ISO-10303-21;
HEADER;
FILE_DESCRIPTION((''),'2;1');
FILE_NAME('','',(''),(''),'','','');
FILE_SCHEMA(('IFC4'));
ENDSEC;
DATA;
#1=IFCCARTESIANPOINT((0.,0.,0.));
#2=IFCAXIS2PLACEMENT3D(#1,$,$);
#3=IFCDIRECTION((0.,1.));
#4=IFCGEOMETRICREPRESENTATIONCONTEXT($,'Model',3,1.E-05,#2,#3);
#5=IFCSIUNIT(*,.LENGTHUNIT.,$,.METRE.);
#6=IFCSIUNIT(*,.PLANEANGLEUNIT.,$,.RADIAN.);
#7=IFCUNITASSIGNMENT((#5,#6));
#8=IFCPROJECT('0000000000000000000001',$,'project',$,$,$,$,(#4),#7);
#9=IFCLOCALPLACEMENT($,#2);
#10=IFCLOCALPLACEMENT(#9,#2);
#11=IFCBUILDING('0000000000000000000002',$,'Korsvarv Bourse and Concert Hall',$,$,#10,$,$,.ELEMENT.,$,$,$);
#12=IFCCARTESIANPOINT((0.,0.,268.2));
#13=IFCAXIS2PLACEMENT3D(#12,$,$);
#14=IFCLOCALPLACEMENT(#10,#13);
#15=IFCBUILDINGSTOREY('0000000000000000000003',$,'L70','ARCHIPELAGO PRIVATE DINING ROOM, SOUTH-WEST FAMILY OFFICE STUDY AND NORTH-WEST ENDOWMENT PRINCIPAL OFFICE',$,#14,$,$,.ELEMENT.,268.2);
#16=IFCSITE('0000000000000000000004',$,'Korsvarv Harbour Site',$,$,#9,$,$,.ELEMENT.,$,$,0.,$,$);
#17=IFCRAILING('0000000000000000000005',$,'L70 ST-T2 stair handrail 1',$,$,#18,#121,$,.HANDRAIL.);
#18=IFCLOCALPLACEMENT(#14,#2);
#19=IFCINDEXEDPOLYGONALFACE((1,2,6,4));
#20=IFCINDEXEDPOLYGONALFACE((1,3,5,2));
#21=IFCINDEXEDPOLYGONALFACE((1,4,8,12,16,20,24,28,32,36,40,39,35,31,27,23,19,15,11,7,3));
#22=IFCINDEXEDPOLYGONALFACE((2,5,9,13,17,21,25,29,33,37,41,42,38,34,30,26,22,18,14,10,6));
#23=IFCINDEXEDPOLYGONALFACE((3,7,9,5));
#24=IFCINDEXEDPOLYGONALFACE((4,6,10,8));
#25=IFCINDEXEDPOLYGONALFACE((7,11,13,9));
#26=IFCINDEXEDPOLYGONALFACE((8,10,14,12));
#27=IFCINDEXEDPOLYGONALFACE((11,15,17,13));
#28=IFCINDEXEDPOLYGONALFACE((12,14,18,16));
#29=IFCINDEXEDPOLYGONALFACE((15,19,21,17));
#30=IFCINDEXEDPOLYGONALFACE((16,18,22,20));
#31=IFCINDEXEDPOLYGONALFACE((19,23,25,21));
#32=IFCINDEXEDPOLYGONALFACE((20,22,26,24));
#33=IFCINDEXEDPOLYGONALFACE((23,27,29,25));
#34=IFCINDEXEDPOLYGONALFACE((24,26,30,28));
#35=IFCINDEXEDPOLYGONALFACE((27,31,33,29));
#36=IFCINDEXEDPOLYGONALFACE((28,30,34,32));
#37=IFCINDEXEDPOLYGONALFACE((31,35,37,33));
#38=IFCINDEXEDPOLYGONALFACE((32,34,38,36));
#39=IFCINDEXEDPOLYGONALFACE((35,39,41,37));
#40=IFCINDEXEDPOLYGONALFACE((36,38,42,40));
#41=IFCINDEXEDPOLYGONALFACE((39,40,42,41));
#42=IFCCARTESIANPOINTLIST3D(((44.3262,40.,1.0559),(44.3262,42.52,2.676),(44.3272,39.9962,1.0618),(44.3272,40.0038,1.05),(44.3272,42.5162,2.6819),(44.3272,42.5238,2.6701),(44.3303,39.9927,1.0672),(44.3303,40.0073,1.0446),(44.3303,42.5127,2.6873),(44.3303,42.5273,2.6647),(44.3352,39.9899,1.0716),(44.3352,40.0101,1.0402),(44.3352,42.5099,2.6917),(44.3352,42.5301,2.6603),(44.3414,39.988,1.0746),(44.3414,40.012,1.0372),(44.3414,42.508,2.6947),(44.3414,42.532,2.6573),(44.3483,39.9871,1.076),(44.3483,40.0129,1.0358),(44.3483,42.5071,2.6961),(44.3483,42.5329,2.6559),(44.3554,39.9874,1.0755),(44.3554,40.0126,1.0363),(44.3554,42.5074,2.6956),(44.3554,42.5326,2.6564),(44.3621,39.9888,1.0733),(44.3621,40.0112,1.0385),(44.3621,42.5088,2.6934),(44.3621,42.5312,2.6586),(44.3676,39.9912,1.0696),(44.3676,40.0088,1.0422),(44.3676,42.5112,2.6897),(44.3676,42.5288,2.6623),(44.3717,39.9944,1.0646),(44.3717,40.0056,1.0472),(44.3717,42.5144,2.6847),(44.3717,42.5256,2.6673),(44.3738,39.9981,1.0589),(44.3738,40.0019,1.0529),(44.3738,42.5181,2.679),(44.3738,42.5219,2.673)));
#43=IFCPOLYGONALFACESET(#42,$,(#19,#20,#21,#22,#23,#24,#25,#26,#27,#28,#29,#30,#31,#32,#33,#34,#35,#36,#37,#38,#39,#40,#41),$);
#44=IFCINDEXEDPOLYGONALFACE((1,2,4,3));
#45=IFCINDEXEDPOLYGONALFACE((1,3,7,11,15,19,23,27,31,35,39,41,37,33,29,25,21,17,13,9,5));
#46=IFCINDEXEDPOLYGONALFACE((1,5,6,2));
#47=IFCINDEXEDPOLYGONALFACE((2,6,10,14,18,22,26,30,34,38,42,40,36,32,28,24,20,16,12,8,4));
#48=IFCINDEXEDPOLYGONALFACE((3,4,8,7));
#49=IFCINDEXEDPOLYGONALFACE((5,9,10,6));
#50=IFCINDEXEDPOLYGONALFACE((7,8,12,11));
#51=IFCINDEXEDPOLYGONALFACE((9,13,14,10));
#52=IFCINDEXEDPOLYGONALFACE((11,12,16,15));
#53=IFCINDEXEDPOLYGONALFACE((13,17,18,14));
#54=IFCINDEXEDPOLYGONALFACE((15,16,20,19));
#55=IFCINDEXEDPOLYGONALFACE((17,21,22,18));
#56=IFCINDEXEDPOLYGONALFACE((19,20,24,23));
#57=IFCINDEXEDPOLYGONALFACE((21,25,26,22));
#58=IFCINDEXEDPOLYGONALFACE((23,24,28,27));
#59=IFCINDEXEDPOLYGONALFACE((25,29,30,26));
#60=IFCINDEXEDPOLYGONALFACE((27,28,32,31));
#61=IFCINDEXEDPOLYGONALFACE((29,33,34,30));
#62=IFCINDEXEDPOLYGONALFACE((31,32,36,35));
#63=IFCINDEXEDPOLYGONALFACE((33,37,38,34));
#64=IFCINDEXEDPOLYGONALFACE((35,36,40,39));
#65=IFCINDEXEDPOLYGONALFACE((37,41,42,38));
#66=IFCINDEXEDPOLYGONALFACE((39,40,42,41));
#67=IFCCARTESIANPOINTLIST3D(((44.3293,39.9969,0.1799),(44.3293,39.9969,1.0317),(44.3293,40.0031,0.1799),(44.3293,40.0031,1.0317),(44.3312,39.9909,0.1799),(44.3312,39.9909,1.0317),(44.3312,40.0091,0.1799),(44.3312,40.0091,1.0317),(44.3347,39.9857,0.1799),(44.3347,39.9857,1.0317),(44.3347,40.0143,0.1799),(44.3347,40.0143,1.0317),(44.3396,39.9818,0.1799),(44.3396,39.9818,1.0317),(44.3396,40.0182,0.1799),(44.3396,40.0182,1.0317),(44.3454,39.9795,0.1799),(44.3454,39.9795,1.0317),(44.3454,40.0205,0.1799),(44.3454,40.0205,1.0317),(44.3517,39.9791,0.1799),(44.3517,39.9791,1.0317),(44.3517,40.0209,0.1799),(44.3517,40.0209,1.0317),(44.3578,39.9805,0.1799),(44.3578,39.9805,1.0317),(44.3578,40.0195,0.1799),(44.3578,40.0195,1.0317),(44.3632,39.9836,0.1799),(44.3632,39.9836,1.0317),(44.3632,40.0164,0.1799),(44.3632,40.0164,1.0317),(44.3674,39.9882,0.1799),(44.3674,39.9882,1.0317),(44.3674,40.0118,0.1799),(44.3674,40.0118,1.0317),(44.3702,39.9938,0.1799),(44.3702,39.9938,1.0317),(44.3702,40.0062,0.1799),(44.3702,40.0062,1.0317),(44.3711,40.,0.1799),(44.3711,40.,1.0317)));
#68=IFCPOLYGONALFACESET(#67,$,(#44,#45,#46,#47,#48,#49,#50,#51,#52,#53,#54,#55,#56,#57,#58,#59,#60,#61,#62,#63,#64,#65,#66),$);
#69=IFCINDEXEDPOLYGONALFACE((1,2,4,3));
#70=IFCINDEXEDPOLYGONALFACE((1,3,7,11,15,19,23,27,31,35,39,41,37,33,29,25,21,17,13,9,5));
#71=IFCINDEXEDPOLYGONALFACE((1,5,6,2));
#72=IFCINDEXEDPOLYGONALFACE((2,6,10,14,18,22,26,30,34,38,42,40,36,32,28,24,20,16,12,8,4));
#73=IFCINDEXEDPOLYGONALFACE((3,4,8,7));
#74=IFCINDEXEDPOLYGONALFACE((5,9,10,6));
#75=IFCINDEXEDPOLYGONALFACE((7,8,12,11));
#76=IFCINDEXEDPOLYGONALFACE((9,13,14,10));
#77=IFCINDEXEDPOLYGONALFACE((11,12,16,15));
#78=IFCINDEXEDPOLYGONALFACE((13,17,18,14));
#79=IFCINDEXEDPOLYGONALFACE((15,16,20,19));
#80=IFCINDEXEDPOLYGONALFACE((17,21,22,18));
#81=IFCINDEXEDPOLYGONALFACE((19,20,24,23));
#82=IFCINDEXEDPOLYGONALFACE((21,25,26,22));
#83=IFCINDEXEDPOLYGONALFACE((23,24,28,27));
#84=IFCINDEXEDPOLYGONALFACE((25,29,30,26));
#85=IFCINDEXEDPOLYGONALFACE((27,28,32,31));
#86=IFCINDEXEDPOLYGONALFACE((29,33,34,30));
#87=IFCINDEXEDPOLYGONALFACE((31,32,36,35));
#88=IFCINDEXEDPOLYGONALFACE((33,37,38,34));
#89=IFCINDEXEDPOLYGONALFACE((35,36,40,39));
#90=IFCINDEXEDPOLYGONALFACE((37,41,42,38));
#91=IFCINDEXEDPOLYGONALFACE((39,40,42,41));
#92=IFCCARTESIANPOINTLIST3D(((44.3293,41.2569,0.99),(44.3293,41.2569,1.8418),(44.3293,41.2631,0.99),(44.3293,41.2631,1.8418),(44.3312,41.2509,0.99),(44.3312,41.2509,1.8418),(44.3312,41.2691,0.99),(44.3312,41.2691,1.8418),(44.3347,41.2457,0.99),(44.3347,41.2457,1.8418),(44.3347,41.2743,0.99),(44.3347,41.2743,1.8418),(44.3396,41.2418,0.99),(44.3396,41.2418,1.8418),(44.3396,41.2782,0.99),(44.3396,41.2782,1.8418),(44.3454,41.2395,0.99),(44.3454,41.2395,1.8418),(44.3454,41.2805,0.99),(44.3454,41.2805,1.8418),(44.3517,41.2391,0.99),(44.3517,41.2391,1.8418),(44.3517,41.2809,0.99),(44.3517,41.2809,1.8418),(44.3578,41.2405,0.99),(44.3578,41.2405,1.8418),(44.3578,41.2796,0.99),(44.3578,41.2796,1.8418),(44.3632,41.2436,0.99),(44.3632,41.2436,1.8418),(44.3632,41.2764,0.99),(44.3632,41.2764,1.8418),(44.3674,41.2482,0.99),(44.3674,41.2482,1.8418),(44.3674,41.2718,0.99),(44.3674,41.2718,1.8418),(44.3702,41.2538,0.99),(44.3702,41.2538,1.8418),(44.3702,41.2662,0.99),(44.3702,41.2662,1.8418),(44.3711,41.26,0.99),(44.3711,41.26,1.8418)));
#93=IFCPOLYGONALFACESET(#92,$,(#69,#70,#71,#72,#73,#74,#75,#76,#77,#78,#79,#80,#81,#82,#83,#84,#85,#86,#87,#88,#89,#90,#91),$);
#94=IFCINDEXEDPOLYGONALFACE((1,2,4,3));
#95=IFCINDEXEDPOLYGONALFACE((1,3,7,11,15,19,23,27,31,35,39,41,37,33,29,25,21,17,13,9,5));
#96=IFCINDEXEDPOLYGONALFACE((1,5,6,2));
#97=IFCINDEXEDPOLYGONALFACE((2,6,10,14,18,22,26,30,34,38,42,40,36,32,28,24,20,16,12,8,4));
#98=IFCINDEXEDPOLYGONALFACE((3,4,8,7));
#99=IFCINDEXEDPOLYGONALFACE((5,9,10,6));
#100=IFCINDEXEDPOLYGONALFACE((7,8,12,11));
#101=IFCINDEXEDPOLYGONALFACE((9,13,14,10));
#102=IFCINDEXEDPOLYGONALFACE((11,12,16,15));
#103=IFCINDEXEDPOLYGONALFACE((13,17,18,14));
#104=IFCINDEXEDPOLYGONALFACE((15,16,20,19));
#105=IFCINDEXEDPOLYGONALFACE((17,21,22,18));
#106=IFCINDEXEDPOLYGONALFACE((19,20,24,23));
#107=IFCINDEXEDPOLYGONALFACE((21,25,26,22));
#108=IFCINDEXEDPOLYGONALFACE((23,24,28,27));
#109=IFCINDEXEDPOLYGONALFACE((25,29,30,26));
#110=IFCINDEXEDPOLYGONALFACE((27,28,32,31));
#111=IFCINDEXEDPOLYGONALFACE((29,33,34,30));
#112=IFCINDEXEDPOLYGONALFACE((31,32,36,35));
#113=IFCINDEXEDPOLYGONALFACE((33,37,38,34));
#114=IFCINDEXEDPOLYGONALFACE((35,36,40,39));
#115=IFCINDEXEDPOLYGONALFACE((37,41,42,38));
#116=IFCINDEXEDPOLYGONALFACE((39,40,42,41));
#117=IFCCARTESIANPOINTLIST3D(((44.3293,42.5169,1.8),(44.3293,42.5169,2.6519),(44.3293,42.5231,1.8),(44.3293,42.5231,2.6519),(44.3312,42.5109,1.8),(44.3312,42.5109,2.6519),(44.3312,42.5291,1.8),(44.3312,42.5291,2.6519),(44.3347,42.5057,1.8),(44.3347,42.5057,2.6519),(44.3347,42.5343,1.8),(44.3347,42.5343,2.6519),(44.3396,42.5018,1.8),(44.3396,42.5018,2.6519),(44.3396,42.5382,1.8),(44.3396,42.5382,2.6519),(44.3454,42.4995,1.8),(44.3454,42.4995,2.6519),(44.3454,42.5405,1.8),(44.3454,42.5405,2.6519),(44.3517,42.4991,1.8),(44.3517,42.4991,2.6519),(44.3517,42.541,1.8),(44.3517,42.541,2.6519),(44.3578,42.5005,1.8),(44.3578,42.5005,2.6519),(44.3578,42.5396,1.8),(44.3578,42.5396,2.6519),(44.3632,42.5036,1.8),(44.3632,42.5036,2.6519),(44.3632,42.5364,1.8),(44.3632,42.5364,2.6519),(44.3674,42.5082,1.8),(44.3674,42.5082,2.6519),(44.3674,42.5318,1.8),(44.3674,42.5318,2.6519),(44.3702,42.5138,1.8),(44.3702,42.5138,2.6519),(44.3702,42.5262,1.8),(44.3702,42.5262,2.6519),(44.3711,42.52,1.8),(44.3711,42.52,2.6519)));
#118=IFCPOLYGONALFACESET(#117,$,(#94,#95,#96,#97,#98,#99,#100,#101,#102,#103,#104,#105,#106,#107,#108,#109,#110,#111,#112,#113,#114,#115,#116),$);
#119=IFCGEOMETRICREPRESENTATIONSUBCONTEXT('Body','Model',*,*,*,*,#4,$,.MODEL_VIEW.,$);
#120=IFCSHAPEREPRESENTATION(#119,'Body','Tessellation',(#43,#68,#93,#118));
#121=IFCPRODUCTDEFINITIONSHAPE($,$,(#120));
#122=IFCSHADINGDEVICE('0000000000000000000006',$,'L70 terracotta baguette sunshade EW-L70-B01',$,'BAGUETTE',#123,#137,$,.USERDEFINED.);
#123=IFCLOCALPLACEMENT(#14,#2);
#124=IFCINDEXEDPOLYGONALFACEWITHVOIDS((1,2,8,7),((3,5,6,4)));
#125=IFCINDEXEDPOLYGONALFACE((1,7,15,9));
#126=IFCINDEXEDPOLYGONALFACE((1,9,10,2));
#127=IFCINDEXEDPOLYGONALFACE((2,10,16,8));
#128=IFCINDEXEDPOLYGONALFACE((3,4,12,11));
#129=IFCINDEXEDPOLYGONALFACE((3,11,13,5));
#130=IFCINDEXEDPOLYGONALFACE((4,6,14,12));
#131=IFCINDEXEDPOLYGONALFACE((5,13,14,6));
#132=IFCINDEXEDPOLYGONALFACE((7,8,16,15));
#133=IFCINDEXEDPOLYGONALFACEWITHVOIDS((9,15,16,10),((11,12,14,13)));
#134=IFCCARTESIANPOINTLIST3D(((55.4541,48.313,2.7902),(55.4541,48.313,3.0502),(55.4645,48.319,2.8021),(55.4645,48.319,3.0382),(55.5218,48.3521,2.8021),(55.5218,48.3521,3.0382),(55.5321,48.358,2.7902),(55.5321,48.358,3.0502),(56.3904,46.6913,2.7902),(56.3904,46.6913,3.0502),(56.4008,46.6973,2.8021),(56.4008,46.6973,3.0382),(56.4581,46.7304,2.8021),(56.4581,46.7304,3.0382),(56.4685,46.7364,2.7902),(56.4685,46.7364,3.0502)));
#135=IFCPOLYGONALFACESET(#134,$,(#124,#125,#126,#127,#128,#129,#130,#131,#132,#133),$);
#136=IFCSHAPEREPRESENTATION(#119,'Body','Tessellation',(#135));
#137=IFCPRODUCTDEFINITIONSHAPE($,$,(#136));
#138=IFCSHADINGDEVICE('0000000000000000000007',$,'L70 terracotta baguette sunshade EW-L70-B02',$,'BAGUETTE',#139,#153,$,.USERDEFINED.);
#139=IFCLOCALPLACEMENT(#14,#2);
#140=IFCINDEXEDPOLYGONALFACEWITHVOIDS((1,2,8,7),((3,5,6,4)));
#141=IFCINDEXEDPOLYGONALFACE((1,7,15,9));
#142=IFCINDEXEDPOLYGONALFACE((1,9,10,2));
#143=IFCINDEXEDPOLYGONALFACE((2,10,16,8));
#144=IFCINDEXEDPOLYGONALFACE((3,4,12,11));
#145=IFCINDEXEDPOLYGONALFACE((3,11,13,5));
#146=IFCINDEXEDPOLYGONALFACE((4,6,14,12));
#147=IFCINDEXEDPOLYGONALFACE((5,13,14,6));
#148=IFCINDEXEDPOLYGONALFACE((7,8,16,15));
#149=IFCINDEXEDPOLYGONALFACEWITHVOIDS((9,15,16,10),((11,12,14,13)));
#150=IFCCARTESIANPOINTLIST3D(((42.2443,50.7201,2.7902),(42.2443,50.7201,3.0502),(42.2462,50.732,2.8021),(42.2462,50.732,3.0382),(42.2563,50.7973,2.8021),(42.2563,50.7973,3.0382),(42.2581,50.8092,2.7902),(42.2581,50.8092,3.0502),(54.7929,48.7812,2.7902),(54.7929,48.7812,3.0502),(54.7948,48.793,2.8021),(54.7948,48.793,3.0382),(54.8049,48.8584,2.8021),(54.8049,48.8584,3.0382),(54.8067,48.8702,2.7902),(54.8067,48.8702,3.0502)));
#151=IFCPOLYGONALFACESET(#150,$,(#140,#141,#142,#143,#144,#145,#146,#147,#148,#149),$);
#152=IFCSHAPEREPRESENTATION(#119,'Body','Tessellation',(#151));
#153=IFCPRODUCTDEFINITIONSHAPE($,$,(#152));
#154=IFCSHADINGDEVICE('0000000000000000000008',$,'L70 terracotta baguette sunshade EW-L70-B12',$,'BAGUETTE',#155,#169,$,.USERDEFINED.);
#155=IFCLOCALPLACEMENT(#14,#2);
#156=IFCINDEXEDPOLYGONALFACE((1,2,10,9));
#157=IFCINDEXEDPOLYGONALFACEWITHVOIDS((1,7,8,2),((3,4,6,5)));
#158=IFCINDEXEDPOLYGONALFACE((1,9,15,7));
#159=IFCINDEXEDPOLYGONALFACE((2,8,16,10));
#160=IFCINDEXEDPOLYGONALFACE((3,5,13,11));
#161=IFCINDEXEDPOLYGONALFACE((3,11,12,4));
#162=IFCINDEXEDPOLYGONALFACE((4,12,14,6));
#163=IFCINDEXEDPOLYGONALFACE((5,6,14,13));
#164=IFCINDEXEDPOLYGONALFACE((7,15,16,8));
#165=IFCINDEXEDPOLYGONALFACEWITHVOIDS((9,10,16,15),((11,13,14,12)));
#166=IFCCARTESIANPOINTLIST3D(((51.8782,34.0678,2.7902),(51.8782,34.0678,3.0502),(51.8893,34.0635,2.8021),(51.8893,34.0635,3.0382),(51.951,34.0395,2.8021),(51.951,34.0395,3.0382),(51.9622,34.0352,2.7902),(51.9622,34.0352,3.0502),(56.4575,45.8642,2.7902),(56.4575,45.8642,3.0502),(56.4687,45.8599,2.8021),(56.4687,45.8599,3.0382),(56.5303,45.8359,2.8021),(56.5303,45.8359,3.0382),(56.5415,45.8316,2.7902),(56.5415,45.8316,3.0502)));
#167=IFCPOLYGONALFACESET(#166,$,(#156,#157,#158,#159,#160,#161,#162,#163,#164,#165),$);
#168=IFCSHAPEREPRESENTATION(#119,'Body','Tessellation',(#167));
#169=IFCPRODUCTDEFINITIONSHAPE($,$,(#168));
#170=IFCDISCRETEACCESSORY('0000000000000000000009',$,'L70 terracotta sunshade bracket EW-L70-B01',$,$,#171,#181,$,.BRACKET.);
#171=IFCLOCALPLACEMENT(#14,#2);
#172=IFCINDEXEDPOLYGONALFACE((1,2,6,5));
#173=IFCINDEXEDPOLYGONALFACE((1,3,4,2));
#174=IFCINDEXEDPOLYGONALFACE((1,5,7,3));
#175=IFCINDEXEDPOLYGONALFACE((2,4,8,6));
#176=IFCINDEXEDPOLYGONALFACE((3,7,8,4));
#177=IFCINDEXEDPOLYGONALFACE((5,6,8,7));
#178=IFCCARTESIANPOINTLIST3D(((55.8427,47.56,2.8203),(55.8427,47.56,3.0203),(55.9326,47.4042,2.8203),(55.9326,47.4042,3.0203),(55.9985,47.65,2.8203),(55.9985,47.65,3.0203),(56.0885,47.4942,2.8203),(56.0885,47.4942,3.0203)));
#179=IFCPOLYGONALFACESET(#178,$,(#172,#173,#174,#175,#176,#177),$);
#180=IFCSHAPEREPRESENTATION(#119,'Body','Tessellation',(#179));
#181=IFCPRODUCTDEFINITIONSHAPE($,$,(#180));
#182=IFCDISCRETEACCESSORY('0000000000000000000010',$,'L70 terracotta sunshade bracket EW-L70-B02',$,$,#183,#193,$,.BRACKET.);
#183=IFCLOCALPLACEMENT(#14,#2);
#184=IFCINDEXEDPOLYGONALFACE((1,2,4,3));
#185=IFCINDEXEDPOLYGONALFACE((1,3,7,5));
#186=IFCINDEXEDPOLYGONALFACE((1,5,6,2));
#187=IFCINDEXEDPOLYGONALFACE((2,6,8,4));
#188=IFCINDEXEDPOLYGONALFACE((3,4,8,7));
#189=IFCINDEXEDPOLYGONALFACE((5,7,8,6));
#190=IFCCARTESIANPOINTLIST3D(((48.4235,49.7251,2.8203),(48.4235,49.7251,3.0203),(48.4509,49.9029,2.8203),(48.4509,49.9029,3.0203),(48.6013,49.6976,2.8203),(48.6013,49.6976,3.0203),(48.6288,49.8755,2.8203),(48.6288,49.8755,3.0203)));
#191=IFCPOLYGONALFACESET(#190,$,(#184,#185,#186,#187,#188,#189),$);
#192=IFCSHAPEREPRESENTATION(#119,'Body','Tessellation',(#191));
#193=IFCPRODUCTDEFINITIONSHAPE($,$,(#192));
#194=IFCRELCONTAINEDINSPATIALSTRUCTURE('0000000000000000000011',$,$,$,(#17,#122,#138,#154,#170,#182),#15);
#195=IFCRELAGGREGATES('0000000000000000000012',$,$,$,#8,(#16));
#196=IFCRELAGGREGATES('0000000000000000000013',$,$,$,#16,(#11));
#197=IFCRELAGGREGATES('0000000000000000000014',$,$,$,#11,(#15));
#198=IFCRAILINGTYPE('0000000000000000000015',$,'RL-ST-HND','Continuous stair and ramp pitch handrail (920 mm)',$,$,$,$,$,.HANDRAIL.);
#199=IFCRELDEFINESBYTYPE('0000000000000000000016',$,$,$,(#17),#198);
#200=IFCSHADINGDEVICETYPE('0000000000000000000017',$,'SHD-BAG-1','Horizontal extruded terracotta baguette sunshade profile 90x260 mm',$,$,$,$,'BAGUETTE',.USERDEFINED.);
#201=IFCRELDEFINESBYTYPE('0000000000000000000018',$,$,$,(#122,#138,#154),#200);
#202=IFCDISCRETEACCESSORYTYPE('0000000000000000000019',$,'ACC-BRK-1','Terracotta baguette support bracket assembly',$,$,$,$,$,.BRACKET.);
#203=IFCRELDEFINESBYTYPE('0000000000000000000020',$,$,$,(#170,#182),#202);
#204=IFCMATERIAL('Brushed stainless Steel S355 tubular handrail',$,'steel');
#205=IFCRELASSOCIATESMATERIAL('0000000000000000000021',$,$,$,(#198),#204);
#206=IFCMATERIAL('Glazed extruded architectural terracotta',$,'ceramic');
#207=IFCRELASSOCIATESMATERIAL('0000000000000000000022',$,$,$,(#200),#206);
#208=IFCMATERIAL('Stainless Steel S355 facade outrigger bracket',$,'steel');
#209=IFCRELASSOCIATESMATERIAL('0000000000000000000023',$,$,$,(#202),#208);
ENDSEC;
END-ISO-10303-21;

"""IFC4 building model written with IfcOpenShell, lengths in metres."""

from ifc_helpers import new_model, si_unit, direction, frame, origin, origin_2d, place, context, subcontext, project, spatial, rectangle, hollow_rectangle, circle, extrude, source, transform, mapped, material, material_profile, profile_set, type_object, element, save


model = new_model("IFC4")

# Units and contexts
model_context = context("Model", 3, precision=1e-05, world=origin(), true_north=direction((0.0, 1.0)))
body_context = subcontext(model_context, "Body", "Model", "MODEL_VIEW")
ifc_project = project(units=[si_unit("LENGTHUNIT", "METRE"), si_unit("PLANEANGLEUNIT", "RADIAN")], contexts=[model_context])

# Site, building, storey
site_placement = place(None, origin())
site = spatial("IfcSite", under=ifc_project, at=site_placement, Name="Korsvarv Harbour Site", CompositionType="ELEMENT", RefElevation=0.0)
building_placement = place(site_placement, origin())
building = spatial("IfcBuilding", under=site, at=building_placement, Name="Korsvarv Bourse and Concert Hall", CompositionType="ELEMENT")
storey_placement = place(building_placement, frame((0.0, 0.0, 268.2)))
storey = spatial("IfcBuildingStorey", under=building, at=storey_placement, Name="L70", Description="ARCHIPELAGO PRIVATE DINING ROOM, SOUTH-WEST FAMILY OFFICE STUDY AND NORTH-WEST ENDOWMENT PRINCIPAL OFFICE", CompositionType="ELEMENT", Elevation=268.2)

# Railing
ifc_material_1 = material(Name="Brushed stainless Steel S355 tubular handrail", Category="steel")
railing_type_1 = type_object("IfcRailingType", Name="RL-ST-HND", Description="Continuous stair and ramp pitch handrail (920 mm)", PredefinedType="HANDRAIL", material=ifc_material_1)
railing_1_placement = place(storey_placement, frame((44.3501, 40.0, 0.1799)))
element("IfcRailing", 1, at=railing_1_placement, inside=storey, type_object=railing_type_1, Name="L70 ST-T2 stair handrail 1", PredefinedType="HANDRAIL", context=body_context, shape_type="SweptSolid", body=[
    extrude(circle(Radius=0.0239, at=origin_2d()), frame((0.0, 0.0, 0.876), z_axis=(0.0, 0.841163, 0.540782), x_axis=(-1.0, 0.0, 0.0)), (0.0, 0.0, 1.0), 2.9958),
    extrude(circle(Radius=0.021, at=origin_2d()), origin(), (0.0, 0.0, 1.0), 0.8518),
    extrude(circle(Radius=0.021, at=origin_2d()), frame((0.0, 1.26, 0.8101)), (0.0, 0.0, 1.0), 0.8518),
    extrude(circle(Radius=0.021, at=origin_2d()), frame((0.0, 2.52, 1.6201)), (0.0, 0.0, 1.0), 0.8518),
])

# Shading devices
ifc_material_2 = material(Name="Glazed extruded architectural terracotta", Category="ceramic")
ifc_material_profile_1 = material_profile(ifc_material_2, hollow_rectangle(XDim=0.0901, YDim=0.26, WallThickness=0.012, at=origin_2d()), Name="TC-BAG 90x260")
ifc_profile_set_1 = profile_set([ifc_material_profile_1], Name="Glazed extruded architectural terracotta")
shading_device_type = type_object("IfcShadingDeviceType", Name="SHD-BAG-1", Description="Horizontal extruded terracotta baguette sunshade profile 90x260 mm", ElementType="BAGUETTE", PredefinedType="USERDEFINED", material=ifc_profile_set_1)
shared_shape_1 = source(origin(), body_context, "Body", "SweptSolid", [
    extrude(hollow_rectangle(XDim=0.0901, YDim=0.26, WallThickness=0.012, at=origin_2d()), origin(), (0.0, 0.0, 1.0), 1.8726),
])
shading_device_1_placement = place(storey_placement, frame((56.4294, 46.7139, 2.9202), z_axis=(-0.500023, 0.866012, 0.0), x_axis=(-0.866012, -0.500023, 0.0)))
element("IfcShadingDevice", 2, at=shading_device_1_placement, inside=storey, type_object=shading_device_type, Name="L70 terracotta baguette sunshade EW-L70-B01", ObjectType="BAGUETTE", PredefinedType="USERDEFINED", context=body_context, shape_type="MappedRepresentation", body=[
    mapped(shared_shape_1, transform((0.0, 0.0, 0.0), scale=1.0)),
])
shared_shape_2 = source(origin(), body_context, "Body", "SweptSolid", [
    extrude(hollow_rectangle(XDim=0.0901, YDim=0.26, WallThickness=0.012, at=origin_2d()), origin(), (0.0, 0.0, 1.0), 12.6975),
])
shading_device_2_placement = place(storey_placement, frame((54.7998, 48.8257, 2.9202), z_axis=(-0.988272, 0.152704, 0.0), x_axis=(-0.152704, -0.988272, 0.0)))
element("IfcShadingDevice", 3, at=shading_device_2_placement, inside=storey, type_object=shading_device_type, Name="L70 terracotta baguette sunshade EW-L70-B02", ObjectType="BAGUETTE", PredefinedType="USERDEFINED", context=body_context, shape_type="MappedRepresentation", body=[
    mapped(shared_shape_2, transform((0.0, 0.0, 0.0), scale=1.0)),
])
shared_shape_3 = source(origin(), body_context, "Body", "SweptSolid", [
    extrude(hollow_rectangle(XDim=0.0901, YDim=0.26, WallThickness=0.012, at=origin_2d()), origin(), (0.0, 0.0, 1.0), 12.6541),
])
shading_device_3_placement = place(storey_placement, frame((51.9202, 34.0515, 2.9202), z_axis=(0.361888, 0.932222, 0.0), x_axis=(-0.932222, 0.361888, 0.0)))
element("IfcShadingDevice", 4, at=shading_device_3_placement, inside=storey, type_object=shading_device_type, Name="L70 terracotta baguette sunshade EW-L70-B12", ObjectType="BAGUETTE", PredefinedType="USERDEFINED", context=body_context, shape_type="MappedRepresentation", body=[
    mapped(shared_shape_3, transform((0.0, 0.0, 0.0), scale=1.0)),
])

# Discrete accessories
ifc_material_3 = material(Name="Stainless Steel S355 facade outrigger bracket", Category="steel")
discrete_accessory_type = type_object("IfcDiscreteAccessoryType", Name="ACC-BRK-1", Description="Terracotta baguette support bracket assembly", PredefinedType="BRACKET", material=ifc_material_3)
shared_shape_4 = source(origin(), body_context, "Body", "SweptSolid", [
    extrude(rectangle(XDim=0.1799, YDim=0.1799, at=origin_2d()), origin(), (0.0, 0.0, 1.0), 0.2),
])
for number, where, z_axis, x_axis, name in (
    (5, (55.9656, 47.5271, 2.8203), (0.0, 0.0, 1.0), (-0.5, 0.866025, 0.0), "L70 terracotta sunshade bracket EW-L70-B01"),
    (6, (48.5261, 49.8003, 2.8203), (0.0, 0.0, 1.0), (-0.988282, 0.152641, 0.0), "L70 terracotta sunshade bracket EW-L70-B02"),
):
    element("IfcDiscreteAccessory", number, at=place(storey_placement, frame(where, z_axis=z_axis, x_axis=x_axis)), inside=storey, type_object=discrete_accessory_type, Name=name, PredefinedType="BRACKET", context=body_context, shape_type="MappedRepresentation", body=[
        mapped(shared_shape_4, transform((0.0, 0.0, 0.0), scale=1.0)),
    ])

save(model, "model.ifc")
